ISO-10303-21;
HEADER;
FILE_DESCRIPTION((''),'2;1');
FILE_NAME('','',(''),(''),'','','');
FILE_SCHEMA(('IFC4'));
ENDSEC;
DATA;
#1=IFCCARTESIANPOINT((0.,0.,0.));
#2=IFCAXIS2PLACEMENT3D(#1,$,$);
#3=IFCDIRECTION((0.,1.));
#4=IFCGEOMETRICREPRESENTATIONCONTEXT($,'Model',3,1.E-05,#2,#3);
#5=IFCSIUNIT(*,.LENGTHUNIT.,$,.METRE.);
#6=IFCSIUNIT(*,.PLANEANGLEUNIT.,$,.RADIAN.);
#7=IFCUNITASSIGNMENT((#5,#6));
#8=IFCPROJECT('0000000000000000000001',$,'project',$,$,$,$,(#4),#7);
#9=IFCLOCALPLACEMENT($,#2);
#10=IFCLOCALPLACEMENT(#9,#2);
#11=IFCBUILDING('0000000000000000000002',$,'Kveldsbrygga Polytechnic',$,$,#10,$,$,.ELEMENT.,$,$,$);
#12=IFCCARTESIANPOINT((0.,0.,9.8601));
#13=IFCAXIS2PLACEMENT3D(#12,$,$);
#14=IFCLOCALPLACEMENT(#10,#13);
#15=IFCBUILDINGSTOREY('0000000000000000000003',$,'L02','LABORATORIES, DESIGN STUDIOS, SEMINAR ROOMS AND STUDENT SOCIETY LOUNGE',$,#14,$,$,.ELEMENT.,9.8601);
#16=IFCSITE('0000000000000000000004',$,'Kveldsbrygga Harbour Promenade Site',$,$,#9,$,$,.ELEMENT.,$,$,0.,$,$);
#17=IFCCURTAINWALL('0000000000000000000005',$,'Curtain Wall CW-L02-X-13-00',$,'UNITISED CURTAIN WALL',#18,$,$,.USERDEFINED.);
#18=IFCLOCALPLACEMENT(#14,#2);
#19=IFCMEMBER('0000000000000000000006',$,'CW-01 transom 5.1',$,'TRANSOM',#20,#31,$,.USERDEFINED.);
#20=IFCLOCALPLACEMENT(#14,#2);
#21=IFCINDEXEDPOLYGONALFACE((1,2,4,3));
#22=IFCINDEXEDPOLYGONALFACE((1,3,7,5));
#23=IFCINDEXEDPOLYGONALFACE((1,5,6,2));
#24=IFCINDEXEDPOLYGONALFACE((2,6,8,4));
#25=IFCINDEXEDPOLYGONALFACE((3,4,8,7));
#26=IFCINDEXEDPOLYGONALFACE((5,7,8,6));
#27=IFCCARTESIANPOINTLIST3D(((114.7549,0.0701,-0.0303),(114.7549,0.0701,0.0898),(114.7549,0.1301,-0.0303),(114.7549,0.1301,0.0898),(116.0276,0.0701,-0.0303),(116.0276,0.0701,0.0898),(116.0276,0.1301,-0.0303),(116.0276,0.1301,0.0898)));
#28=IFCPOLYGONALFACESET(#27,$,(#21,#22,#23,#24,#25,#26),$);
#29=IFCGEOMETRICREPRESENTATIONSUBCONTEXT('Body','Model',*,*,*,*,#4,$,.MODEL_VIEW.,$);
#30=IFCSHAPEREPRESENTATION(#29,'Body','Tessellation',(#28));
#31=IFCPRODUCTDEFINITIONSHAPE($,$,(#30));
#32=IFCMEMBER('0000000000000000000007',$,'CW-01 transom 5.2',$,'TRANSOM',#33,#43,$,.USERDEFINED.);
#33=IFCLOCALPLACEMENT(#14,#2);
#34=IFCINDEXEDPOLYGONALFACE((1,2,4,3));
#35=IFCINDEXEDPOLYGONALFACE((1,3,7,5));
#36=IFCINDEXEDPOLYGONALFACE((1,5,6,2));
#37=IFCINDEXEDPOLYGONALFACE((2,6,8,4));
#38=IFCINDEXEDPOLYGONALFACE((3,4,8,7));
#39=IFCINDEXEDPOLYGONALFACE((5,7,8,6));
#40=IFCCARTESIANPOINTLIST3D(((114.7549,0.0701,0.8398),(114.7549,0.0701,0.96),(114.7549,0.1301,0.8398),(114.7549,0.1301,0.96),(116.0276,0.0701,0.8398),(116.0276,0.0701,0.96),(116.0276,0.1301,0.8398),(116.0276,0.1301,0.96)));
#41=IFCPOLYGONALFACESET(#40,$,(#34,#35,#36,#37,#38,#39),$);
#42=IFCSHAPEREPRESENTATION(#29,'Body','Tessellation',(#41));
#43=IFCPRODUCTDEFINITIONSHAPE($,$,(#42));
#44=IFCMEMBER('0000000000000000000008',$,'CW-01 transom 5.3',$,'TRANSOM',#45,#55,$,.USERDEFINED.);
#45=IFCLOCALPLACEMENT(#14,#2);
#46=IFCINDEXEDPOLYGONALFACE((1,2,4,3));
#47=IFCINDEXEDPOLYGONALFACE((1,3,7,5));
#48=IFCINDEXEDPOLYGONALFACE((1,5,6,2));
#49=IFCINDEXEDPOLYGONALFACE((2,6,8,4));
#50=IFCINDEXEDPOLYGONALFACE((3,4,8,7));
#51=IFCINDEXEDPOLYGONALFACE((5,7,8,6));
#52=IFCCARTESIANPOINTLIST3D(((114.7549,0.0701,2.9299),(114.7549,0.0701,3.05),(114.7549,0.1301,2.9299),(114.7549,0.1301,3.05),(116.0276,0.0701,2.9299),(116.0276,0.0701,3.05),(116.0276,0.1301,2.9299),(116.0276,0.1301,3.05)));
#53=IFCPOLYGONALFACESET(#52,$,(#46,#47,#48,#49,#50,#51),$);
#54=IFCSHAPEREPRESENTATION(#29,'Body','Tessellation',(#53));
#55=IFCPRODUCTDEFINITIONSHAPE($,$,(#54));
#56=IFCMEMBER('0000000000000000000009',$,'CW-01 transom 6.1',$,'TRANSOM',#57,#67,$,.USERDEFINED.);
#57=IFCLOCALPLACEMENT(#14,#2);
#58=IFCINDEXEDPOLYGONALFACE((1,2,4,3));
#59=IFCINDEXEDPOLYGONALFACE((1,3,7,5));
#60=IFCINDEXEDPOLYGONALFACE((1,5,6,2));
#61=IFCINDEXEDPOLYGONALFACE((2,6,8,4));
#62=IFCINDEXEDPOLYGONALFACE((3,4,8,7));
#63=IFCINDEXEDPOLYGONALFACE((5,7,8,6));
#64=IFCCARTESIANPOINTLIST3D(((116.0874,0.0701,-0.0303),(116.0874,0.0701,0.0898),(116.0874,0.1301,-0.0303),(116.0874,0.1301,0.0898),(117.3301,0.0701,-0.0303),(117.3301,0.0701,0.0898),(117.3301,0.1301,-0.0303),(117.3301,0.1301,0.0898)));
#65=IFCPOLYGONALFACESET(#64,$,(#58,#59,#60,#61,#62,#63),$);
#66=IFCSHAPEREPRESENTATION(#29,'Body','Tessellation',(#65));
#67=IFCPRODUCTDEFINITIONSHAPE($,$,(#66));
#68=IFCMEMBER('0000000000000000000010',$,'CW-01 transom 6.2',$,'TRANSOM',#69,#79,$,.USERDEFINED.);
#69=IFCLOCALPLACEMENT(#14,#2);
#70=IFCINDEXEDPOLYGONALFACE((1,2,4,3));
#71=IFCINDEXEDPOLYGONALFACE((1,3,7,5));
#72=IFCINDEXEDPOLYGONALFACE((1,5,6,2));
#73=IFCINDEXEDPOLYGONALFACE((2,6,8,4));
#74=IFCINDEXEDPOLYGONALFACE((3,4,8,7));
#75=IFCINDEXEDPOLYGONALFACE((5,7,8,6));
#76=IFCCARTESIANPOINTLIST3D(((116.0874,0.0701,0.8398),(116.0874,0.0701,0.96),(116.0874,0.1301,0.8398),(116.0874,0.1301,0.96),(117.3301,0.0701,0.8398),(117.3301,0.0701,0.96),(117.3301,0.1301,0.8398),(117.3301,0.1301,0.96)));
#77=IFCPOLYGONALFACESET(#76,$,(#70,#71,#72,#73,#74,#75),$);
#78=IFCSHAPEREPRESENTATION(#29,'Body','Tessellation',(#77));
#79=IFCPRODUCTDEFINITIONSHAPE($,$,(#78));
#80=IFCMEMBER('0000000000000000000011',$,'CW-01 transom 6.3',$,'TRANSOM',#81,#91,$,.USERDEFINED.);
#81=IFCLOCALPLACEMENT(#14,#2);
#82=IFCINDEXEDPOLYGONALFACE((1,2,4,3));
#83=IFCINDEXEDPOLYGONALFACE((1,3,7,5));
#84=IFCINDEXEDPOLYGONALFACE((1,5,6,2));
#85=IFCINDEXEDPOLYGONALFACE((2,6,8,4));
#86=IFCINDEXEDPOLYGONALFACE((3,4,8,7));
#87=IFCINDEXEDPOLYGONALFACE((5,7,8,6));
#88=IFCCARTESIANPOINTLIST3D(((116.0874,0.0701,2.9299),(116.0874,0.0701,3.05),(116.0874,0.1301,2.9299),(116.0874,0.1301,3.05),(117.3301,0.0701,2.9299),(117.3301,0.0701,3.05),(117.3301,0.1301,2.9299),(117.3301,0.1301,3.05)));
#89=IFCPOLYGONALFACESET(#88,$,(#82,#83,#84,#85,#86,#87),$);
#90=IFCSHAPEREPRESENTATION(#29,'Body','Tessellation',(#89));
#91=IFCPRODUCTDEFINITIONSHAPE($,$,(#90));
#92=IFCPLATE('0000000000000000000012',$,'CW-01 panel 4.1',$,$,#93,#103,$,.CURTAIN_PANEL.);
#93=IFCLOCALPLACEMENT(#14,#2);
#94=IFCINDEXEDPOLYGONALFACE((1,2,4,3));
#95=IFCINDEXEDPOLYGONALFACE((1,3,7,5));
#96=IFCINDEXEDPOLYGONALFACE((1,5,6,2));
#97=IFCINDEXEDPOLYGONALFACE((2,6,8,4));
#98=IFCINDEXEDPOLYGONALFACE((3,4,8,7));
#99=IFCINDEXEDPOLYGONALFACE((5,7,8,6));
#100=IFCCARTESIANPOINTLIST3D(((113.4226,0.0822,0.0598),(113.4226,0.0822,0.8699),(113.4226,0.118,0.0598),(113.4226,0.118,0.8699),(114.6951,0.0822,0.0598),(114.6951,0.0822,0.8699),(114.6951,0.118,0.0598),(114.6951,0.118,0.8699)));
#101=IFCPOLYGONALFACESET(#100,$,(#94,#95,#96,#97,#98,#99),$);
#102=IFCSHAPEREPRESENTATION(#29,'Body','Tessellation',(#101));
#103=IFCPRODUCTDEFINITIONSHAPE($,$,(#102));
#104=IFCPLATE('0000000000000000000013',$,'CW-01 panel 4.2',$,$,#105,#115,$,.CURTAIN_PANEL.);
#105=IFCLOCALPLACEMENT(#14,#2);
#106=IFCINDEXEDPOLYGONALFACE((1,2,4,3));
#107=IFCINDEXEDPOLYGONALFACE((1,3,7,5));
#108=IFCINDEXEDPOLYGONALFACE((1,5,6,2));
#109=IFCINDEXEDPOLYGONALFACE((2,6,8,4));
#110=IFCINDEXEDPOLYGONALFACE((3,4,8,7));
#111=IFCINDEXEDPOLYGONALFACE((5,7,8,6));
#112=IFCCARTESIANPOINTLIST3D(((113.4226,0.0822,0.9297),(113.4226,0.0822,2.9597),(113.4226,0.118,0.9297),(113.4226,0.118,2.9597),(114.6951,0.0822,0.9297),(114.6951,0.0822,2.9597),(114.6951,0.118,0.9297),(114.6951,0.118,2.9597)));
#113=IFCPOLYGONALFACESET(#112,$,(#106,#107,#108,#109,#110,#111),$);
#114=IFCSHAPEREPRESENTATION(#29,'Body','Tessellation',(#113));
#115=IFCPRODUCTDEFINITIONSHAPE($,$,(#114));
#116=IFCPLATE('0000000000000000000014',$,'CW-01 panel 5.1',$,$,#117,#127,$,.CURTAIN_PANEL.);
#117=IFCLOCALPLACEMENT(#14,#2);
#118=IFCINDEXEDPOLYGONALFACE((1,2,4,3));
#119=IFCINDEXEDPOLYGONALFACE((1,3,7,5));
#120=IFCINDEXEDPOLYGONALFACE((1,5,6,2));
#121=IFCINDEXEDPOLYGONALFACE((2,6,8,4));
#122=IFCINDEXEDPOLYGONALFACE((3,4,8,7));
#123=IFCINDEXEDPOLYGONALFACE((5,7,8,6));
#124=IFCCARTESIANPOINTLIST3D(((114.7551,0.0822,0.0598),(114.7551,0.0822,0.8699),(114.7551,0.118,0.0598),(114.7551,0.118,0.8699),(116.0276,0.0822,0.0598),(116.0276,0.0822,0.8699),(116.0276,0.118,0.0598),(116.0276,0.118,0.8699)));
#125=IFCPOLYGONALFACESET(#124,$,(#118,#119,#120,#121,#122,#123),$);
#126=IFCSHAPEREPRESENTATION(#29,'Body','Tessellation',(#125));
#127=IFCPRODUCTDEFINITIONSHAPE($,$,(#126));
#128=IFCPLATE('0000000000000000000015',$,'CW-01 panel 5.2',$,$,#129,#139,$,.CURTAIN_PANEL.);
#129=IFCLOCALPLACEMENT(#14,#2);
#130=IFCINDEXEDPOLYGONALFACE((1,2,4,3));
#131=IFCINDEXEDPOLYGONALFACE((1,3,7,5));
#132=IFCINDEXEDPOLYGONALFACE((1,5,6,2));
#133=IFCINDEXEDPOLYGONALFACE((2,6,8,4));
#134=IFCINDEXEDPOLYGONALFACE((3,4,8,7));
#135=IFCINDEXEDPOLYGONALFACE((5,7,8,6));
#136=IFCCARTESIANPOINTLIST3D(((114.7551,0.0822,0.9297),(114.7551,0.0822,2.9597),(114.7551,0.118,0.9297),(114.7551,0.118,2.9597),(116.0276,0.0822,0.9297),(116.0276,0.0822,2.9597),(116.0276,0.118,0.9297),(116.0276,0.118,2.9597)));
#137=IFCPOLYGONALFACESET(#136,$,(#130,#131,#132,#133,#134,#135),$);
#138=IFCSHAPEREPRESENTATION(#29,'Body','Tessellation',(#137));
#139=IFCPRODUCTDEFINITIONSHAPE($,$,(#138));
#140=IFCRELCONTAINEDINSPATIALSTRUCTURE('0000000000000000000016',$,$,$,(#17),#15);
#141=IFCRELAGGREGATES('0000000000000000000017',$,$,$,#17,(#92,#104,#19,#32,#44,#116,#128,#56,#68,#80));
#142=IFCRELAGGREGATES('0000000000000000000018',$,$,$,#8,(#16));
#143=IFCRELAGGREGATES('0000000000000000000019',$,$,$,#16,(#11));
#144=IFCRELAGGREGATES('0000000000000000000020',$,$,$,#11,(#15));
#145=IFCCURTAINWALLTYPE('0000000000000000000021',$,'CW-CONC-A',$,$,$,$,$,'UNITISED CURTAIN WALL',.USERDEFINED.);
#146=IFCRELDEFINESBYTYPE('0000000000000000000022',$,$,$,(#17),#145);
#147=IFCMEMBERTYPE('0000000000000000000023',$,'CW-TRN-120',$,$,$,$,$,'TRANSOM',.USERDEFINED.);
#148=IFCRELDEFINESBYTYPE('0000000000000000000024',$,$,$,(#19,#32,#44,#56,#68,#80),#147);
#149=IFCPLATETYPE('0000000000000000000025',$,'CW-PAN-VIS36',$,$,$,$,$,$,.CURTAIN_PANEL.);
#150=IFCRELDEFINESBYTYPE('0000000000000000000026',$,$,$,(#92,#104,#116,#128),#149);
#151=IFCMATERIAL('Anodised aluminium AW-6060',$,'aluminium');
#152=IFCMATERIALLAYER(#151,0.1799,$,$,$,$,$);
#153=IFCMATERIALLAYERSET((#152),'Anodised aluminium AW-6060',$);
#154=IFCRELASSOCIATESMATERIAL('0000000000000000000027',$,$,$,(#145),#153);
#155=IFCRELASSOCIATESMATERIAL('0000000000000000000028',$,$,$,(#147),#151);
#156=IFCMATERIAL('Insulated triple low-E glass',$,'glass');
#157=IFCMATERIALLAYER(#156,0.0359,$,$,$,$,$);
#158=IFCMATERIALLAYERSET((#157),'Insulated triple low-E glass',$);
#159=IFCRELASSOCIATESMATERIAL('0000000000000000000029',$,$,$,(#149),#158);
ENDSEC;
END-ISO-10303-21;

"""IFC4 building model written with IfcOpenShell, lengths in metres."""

from ifc_helpers import new_model, si_unit, direction, frame, origin, origin_2d, place, context, subcontext, project, spatial, rectangle, extrude, material, layer, layer_set, material_profile, profile_set, type_object, element, aggregate, save


model = new_model("IFC4")

# Units and contexts
model_context = context("Model", 3, precision=1e-05, world=origin(), true_north=direction((0.0, 1.0)))
body_context = subcontext(model_context, "Body", "Model", "MODEL_VIEW")
ifc_project = project(units=[si_unit("LENGTHUNIT", "METRE"), si_unit("PLANEANGLEUNIT", "RADIAN")], contexts=[model_context])

# Site, building, storey
site_placement = place(None, origin())
site = spatial("IfcSite", under=ifc_project, at=site_placement, Name="Kveldsbrygga Harbour Promenade Site", CompositionType="ELEMENT", RefElevation=0.0)
building_placement = place(site_placement, origin())
building = spatial("IfcBuilding", under=site, at=building_placement, Name="Kveldsbrygga Polytechnic", CompositionType="ELEMENT")
storey_placement = place(building_placement, frame((0.0, 0.0, 9.8601)))
storey = spatial("IfcBuildingStorey", under=building, at=storey_placement, Name="L02", Description="LABORATORIES, DESIGN STUDIOS, SEMINAR ROOMS AND STUDENT SOCIETY LOUNGE", CompositionType="ELEMENT", Elevation=9.8601)

# Curtain wall, members, plates
ifc_material_1 = material(Name="Anodised aluminium AW-6060", Category="aluminium")
ifc_layer_1 = layer(ifc_material_1, 0.1799)
ifc_layer_set_1 = layer_set([ifc_layer_1], Name="Anodised aluminium AW-6060")
curtain_wall_type = type_object("IfcCurtainWallType", Name="CW-CONC-A", ElementType="UNITISED CURTAIN WALL", PredefinedType="USERDEFINED", material=ifc_layer_set_1)
curtain_wall_placement = place(storey_placement, origin())
curtain_wall = element("IfcCurtainWall", 1, at=curtain_wall_placement, inside=storey, type_object=curtain_wall_type, Name="Curtain Wall CW-L02-X-13-00", ObjectType="UNITISED CURTAIN WALL", PredefinedType="USERDEFINED")
ifc_material_profile_1 = material_profile(ifc_material_1, rectangle(XDim=0.0601, YDim=0.1201, at=origin_2d()), Name="ALU 60x120")
ifc_profile_set_1 = profile_set([ifc_material_profile_1], Name="Anodised aluminium AW-6060")
member_type_1 = type_object("IfcMemberType", Name="CW-TRN-120", ElementType="TRANSOM", PredefinedType="USERDEFINED", material=ifc_profile_set_1)
member_1_placement = place(storey_placement, frame((114.7549, 0.1001, 0.0298), z_axis=(1.0, 0.0, 0.0), x_axis=(0.0, 1.0, 0.0)))
member_1 = element("IfcMember", 2, at=member_1_placement, type_object=member_type_1, Name="CW-01 transom 5.1", ObjectType="TRANSOM", PredefinedType="USERDEFINED", context=body_context, shape_type="SweptSolid", body=[
    extrude(rectangle(XDim=0.0601, YDim=0.1201, at=origin_2d()), origin(), (0.0, 0.0, 1.0), 1.2727),
])
member_2_placement = place(storey_placement, frame((114.7549, 0.1001, 0.8999), z_axis=(1.0, 0.0, 0.0), x_axis=(0.0, 1.0, 0.0)))
member_2 = element("IfcMember", 3, at=member_2_placement, type_object=member_type_1, Name="CW-01 transom 5.2", ObjectType="TRANSOM", PredefinedType="USERDEFINED", context=body_context, shape_type="SweptSolid", body=[
    extrude(rectangle(XDim=0.0601, YDim=0.1201, at=origin_2d()), origin(), (0.0, 0.0, 1.0), 1.2727),
])
member_3_placement = place(storey_placement, frame((114.7549, 0.1001, 2.99), z_axis=(1.0, 0.0, 0.0), x_axis=(0.0, 1.0, 0.0)))
member_3 = element("IfcMember", 4, at=member_3_placement, type_object=member_type_1, Name="CW-01 transom 5.3", ObjectType="TRANSOM", PredefinedType="USERDEFINED", context=body_context, shape_type="SweptSolid", body=[
    extrude(rectangle(XDim=0.0601, YDim=0.1201, at=origin_2d()), origin(), (0.0, 0.0, 1.0), 1.2727),
])
member_4_placement = place(storey_placement, frame((116.0874, 0.1001, 0.0298), z_axis=(1.0, 0.0, 0.0), x_axis=(0.0, 1.0, 0.0)))
member_4 = element("IfcMember", 5, at=member_4_placement, type_object=member_type_1, Name="CW-01 transom 6.1", ObjectType="TRANSOM", PredefinedType="USERDEFINED", context=body_context, shape_type="SweptSolid", body=[
    extrude(rectangle(XDim=0.0601, YDim=0.1201, at=origin_2d()), origin(), (0.0, 0.0, 1.0), 1.2427),
])
member_5_placement = place(storey_placement, frame((116.0874, 0.1001, 0.8999), z_axis=(1.0, 0.0, 0.0), x_axis=(0.0, 1.0, 0.0)))
member_5 = element("IfcMember", 6, at=member_5_placement, type_object=member_type_1, Name="CW-01 transom 6.2", ObjectType="TRANSOM", PredefinedType="USERDEFINED", context=body_context, shape_type="SweptSolid", body=[
    extrude(rectangle(XDim=0.0601, YDim=0.1201, at=origin_2d()), origin(), (0.0, 0.0, 1.0), 1.2427),
])
member_6_placement = place(storey_placement, frame((116.0874, 0.1001, 2.99), z_axis=(1.0, 0.0, 0.0), x_axis=(0.0, 1.0, 0.0)))
member_6 = element("IfcMember", 7, at=member_6_placement, type_object=member_type_1, Name="CW-01 transom 6.3", ObjectType="TRANSOM", PredefinedType="USERDEFINED", context=body_context, shape_type="SweptSolid", body=[
    extrude(rectangle(XDim=0.0601, YDim=0.1201, at=origin_2d()), origin(), (0.0, 0.0, 1.0), 1.2427),
])
ifc_material_2 = material(Name="Insulated triple low-E glass", Category="glass")
ifc_layer_2 = layer(ifc_material_2, 0.0359)
ifc_layer_set_2 = layer_set([ifc_layer_2], Name="Insulated triple low-E glass")
plate_type = type_object("IfcPlateType", Name="CW-PAN-VIS36", PredefinedType="CURTAIN_PANEL", material=ifc_layer_set_2)
plate_1_placement = place(storey_placement, frame((114.0588, 0.1001, 0.0598), z_axis=(0.0, 0.0, 1.0), x_axis=(1.0, 0.0, 0.0)))
plate_1 = element("IfcPlate", 8, at=plate_1_placement, type_object=plate_type, Name="CW-01 panel 4.1", PredefinedType="CURTAIN_PANEL", context=body_context, shape_type="SweptSolid", body=[
    extrude(rectangle(XDim=1.2725, YDim=0.0359, at=origin_2d()), origin(), (0.0, 0.0, 1.0), 0.8101),
])
plate_2_placement = place(storey_placement, frame((114.0588, 0.1001, 0.9297), z_axis=(0.0, 0.0, 1.0), x_axis=(1.0, 0.0, 0.0)))
plate_2 = element("IfcPlate", 9, at=plate_2_placement, type_object=plate_type, Name="CW-01 panel 4.2", PredefinedType="CURTAIN_PANEL", context=body_context, shape_type="SweptSolid", body=[
    extrude(rectangle(XDim=1.2725, YDim=0.0359, at=origin_2d()), origin(), (0.0, 0.0, 1.0), 2.03),
])
plate_3_placement = place(storey_placement, frame((115.3914, 0.1001, 0.0598), z_axis=(0.0, 0.0, 1.0), x_axis=(1.0, 0.0, 0.0)))
plate_3 = element("IfcPlate", 10, at=plate_3_placement, type_object=plate_type, Name="CW-01 panel 5.1", PredefinedType="CURTAIN_PANEL", context=body_context, shape_type="SweptSolid", body=[
    extrude(rectangle(XDim=1.2725, YDim=0.0359, at=origin_2d()), origin(), (0.0, 0.0, 1.0), 0.8101),
])
plate_4_placement = place(storey_placement, frame((115.3914, 0.1001, 0.9297), z_axis=(0.0, 0.0, 1.0), x_axis=(1.0, 0.0, 0.0)))
plate_4 = element("IfcPlate", 11, at=plate_4_placement, type_object=plate_type, Name="CW-01 panel 5.2", PredefinedType="CURTAIN_PANEL", context=body_context, shape_type="SweptSolid", body=[
    extrude(rectangle(XDim=1.2725, YDim=0.0359, at=origin_2d()), origin(), (0.0, 0.0, 1.0), 2.03),
])
aggregate(curtain_wall, [plate_1, plate_2, member_1, member_2, member_3, plate_3, plate_4, member_4, member_5, member_6])

save(model, "model.ifc")
